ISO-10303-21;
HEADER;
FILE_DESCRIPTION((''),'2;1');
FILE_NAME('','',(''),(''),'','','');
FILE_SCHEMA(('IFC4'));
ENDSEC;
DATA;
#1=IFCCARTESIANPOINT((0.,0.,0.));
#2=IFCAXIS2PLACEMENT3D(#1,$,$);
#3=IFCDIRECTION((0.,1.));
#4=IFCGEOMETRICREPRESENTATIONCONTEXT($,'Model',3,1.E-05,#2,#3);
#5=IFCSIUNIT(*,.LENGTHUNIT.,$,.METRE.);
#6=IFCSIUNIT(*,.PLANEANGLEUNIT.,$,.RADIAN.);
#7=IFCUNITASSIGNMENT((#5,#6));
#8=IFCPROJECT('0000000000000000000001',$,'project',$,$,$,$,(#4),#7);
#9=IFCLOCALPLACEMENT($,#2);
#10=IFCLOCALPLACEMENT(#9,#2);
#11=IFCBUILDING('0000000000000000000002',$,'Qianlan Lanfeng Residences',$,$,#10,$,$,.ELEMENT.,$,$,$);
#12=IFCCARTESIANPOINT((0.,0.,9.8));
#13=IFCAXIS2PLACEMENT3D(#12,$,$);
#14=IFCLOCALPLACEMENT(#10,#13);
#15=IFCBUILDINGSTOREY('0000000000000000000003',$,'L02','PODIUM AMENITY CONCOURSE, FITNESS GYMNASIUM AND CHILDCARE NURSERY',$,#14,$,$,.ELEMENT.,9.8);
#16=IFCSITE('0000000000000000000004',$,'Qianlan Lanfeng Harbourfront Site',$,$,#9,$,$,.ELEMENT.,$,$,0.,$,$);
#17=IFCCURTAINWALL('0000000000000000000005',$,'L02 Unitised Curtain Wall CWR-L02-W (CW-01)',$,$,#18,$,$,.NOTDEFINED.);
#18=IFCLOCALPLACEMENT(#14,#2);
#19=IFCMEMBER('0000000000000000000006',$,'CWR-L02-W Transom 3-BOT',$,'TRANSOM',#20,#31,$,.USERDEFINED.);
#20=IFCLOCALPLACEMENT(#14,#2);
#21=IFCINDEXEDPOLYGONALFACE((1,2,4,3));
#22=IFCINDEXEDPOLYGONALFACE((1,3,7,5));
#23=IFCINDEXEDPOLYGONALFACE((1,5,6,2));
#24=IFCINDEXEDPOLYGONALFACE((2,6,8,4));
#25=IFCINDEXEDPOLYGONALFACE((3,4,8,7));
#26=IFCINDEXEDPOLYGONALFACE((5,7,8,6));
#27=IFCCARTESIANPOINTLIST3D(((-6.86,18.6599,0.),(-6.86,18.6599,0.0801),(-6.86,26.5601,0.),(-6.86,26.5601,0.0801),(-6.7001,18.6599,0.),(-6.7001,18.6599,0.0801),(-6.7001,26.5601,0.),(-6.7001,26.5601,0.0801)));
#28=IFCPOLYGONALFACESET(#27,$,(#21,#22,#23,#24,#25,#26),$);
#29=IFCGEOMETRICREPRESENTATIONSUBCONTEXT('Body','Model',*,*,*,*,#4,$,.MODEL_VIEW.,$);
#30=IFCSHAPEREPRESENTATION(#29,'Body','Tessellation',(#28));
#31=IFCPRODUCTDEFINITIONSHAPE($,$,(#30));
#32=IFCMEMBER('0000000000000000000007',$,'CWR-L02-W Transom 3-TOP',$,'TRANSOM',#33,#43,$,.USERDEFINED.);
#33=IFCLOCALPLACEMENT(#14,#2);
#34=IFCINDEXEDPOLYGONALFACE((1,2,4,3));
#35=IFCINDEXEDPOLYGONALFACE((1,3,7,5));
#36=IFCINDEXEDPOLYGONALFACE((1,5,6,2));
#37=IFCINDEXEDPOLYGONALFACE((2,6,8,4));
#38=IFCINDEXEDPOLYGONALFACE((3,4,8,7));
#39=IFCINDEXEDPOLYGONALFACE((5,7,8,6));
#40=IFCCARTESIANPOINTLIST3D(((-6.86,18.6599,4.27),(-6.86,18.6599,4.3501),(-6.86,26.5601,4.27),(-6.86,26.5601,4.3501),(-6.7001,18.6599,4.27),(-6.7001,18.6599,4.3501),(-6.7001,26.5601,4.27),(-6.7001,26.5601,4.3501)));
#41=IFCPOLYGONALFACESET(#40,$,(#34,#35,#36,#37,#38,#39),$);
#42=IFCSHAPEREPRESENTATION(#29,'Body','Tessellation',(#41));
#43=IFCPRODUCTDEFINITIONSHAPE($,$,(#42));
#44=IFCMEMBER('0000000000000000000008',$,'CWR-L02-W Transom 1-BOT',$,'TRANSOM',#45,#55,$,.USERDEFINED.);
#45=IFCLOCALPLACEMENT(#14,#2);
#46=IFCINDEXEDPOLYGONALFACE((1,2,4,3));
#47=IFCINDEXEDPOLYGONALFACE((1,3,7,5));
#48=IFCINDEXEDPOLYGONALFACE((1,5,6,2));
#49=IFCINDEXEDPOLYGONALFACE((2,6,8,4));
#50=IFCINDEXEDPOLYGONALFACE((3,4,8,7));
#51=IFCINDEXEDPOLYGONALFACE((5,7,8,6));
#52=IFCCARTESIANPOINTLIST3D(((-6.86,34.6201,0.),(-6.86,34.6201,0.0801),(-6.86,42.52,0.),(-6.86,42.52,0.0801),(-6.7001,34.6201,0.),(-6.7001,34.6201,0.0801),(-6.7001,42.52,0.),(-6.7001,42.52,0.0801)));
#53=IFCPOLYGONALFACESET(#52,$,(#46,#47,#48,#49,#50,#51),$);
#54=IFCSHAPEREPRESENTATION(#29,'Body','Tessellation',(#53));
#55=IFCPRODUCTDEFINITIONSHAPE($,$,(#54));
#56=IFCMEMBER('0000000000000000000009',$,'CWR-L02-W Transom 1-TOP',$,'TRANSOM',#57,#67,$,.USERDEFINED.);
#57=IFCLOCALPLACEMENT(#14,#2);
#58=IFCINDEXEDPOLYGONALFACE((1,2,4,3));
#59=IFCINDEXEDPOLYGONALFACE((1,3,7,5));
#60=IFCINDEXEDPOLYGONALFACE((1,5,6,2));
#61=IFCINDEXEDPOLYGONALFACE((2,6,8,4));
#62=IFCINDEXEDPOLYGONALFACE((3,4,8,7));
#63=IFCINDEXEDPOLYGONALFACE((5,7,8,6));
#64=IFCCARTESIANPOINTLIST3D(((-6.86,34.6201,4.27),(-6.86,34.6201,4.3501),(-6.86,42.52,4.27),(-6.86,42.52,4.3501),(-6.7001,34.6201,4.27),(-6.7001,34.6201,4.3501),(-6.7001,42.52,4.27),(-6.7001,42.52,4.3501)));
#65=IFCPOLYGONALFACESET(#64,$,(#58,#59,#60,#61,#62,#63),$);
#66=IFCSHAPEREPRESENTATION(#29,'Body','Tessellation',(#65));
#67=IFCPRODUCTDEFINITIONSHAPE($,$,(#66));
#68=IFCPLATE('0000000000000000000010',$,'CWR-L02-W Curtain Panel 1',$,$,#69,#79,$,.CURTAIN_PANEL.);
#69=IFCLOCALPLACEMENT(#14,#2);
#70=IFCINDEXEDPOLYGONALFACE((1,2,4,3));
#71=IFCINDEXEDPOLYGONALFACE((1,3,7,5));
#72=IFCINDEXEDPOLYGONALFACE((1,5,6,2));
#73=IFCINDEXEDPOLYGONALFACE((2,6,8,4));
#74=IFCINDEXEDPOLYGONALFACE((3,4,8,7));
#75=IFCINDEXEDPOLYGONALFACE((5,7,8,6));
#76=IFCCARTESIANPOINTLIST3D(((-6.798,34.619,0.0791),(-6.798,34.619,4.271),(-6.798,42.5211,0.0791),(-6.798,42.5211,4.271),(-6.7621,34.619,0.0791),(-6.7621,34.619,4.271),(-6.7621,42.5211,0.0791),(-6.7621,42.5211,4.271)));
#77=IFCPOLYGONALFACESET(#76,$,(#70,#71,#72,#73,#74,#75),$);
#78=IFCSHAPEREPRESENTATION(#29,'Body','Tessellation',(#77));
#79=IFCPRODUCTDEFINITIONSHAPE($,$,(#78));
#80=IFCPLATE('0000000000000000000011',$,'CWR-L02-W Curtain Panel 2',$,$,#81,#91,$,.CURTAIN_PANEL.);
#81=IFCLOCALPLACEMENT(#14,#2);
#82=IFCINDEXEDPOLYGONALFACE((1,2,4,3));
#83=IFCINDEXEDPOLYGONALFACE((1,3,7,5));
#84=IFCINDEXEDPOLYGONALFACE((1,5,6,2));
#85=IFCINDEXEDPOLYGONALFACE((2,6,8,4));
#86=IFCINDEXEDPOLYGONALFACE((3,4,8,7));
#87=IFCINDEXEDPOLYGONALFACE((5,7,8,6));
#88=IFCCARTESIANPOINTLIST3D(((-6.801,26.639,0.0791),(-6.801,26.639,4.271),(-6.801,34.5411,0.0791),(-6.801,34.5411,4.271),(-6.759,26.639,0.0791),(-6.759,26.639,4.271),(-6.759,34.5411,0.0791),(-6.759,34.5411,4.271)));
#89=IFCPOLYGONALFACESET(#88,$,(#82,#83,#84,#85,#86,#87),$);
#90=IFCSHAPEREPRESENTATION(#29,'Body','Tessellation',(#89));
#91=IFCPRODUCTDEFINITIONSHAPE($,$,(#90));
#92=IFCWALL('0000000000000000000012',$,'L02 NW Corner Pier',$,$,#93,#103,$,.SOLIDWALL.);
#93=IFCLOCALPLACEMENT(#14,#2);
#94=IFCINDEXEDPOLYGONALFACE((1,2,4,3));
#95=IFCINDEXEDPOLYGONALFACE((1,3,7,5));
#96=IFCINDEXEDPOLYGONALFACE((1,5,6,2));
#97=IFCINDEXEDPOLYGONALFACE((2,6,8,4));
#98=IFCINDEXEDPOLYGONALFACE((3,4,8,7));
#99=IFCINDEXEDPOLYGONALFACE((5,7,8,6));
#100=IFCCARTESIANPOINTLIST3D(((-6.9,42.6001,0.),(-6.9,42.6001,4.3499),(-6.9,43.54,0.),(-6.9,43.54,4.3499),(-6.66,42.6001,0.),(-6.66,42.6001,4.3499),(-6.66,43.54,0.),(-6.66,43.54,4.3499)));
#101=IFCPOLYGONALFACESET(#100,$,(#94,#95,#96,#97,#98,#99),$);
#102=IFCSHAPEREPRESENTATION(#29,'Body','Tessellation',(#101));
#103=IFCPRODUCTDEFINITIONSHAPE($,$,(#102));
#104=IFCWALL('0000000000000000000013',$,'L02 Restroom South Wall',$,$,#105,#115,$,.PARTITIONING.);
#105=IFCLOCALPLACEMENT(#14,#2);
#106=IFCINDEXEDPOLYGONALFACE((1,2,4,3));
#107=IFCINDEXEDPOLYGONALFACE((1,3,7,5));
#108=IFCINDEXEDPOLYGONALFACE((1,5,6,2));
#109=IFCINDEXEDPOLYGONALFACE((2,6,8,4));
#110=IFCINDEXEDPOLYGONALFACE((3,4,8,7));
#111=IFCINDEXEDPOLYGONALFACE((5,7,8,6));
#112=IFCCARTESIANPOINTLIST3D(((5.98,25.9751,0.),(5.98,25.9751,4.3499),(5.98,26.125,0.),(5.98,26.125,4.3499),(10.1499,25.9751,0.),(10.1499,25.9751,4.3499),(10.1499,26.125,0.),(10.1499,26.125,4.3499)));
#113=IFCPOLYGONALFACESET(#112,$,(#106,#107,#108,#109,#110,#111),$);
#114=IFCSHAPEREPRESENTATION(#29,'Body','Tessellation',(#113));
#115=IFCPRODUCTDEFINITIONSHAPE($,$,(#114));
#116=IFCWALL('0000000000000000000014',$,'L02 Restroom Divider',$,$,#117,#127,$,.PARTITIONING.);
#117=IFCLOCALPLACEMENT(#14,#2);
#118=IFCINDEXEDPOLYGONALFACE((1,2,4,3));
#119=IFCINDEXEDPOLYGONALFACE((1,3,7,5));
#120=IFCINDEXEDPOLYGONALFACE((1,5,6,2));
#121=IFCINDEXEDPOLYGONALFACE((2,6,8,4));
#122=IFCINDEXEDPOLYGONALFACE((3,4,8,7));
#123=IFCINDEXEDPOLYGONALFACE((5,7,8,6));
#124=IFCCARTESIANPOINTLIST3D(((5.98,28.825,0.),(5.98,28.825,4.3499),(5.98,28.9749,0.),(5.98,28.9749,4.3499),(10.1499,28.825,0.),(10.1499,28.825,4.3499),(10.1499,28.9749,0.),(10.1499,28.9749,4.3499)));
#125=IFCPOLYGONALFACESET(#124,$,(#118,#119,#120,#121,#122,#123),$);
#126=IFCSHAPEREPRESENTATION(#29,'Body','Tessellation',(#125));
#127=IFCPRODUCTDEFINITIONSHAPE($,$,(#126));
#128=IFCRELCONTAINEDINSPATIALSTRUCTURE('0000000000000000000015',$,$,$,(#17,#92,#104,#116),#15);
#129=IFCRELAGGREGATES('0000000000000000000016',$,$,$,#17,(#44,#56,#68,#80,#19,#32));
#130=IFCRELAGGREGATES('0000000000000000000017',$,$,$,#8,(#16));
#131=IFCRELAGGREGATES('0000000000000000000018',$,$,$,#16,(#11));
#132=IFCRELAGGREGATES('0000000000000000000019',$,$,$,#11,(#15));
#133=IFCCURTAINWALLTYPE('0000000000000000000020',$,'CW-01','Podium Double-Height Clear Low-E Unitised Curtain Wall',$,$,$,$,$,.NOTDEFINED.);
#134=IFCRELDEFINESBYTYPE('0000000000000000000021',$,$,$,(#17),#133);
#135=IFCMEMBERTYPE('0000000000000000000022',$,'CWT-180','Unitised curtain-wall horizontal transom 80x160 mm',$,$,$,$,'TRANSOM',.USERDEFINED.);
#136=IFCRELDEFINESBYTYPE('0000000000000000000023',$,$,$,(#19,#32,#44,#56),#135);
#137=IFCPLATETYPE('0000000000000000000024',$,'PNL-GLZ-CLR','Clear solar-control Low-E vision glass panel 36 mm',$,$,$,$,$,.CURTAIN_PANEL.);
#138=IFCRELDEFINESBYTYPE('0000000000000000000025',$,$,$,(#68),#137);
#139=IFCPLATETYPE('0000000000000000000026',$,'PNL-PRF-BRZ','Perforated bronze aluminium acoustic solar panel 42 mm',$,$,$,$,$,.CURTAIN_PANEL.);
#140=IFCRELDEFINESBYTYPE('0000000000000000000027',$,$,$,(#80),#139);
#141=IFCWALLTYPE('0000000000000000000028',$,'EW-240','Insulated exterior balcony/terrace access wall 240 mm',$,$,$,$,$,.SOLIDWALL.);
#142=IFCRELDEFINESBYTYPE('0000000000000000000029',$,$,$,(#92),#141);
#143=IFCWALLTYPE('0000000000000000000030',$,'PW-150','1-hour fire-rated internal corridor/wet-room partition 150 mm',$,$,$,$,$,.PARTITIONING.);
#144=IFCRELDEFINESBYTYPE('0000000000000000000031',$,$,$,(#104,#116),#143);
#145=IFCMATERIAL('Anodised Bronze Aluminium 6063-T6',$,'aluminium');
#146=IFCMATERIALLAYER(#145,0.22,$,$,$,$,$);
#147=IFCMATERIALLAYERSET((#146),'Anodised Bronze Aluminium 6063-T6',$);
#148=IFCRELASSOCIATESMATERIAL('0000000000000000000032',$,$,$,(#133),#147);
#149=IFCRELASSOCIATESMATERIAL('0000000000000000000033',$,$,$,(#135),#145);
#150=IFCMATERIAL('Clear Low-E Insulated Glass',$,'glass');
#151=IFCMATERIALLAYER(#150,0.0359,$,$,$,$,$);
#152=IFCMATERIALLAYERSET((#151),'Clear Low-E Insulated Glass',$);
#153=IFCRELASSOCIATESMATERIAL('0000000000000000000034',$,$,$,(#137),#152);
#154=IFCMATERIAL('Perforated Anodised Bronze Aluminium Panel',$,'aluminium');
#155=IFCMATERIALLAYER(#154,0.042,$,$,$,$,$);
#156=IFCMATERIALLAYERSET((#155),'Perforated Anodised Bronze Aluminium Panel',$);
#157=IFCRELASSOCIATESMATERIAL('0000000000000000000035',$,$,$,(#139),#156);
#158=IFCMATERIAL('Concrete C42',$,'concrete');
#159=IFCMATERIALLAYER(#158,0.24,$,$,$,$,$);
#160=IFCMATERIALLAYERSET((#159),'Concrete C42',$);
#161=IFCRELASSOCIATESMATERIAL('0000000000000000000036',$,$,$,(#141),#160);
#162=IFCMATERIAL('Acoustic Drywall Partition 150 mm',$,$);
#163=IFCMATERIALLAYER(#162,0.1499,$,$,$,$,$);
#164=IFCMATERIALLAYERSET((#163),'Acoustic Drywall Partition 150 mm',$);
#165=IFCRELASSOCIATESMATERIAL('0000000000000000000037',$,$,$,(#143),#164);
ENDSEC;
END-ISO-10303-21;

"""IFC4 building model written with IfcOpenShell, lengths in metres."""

from ifc_helpers import new_model, si_unit, direction, frame, frame_2d, origin, origin_2d, place, context, subcontext, project, spatial, rectangle, extrude, source, transform, mapped, material, layer, layer_set, material_profile, profile_set, type_object, element, aggregate, save


model = new_model("IFC4")

# Units and contexts
model_context = context("Model", 3, precision=1e-05, world=origin(), true_north=direction((0.0, 1.0)))
body_context = subcontext(model_context, "Body", "Model", "MODEL_VIEW")
ifc_project = project(units=[si_unit("LENGTHUNIT", "METRE"), si_unit("PLANEANGLEUNIT", "RADIAN")], contexts=[model_context])

# Site, building, storey
site_placement = place(None, origin())
site = spatial("IfcSite", under=ifc_project, at=site_placement, Name="Qianlan Lanfeng Harbourfront Site", CompositionType="ELEMENT", RefElevation=0.0)
building_placement = place(site_placement, origin())
building = spatial("IfcBuilding", under=site, at=building_placement, Name="Qianlan Lanfeng Residences", CompositionType="ELEMENT")
storey_placement = place(building_placement, frame((0.0, 0.0, 9.8)))
storey = spatial("IfcBuildingStorey", under=building, at=storey_placement, Name="L02", Description="PODIUM AMENITY CONCOURSE, FITNESS GYMNASIUM AND CHILDCARE NURSERY", CompositionType="ELEMENT", Elevation=9.8)

# Curtain wall, members, plates
ifc_material_1 = material(Name="Anodised Bronze Aluminium 6063-T6", Category="aluminium")
ifc_layer_1 = layer(ifc_material_1, 0.22)
ifc_layer_set_1 = layer_set([ifc_layer_1], Name="Anodised Bronze Aluminium 6063-T6")
curtain_wall_type = type_object("IfcCurtainWallType", Name="CW-01", Description="Podium Double-Height Clear Low-E Unitised Curtain Wall", PredefinedType="NOTDEFINED", material=ifc_layer_set_1)
curtain_wall_placement = place(storey_placement, origin())
curtain_wall = element("IfcCurtainWall", 1, at=curtain_wall_placement, inside=storey, type_object=curtain_wall_type, Name="L02 Unitised Curtain Wall CWR-L02-W (CW-01)", PredefinedType="NOTDEFINED")
ifc_material_profile_1 = material_profile(ifc_material_1, rectangle(XDim=0.0801, YDim=0.1599, at=origin_2d()), Name="ALU TRANSOM 80x160")
ifc_profile_set_1 = profile_set([ifc_material_profile_1], Name="Anodised Bronze Aluminium 6063-T6")
member_type_1 = type_object("IfcMemberType", Name="CWT-180", Description="Unitised curtain-wall horizontal transom 80x160 mm", ElementType="TRANSOM", PredefinedType="USERDEFINED", material=ifc_profile_set_1)
shared_shape_1 = source(origin(), body_context, "Body", "SweptSolid", [
    extrude(rectangle(XDim=0.0801, YDim=0.1599, at=origin_2d()), origin(), (0.0, 0.0, 1.0), 7.9001),
])
member_1_placement = place(storey_placement, frame((-6.78, 26.5601, 0.04), z_axis=(0.0, -1.0, 0.0), x_axis=(0.0, 0.0, 1.0)))
member_1 = element("IfcMember", 2, at=member_1_placement, type_object=member_type_1, Name="CWR-L02-W Transom 3-BOT", ObjectType="TRANSOM", PredefinedType="USERDEFINED", context=body_context, shape_type="MappedRepresentation", body=[
    mapped(shared_shape_1, transform((0.0, 0.0, 0.0), scale=1.0)),
])
member_2_placement = place(storey_placement, frame((-6.78, 26.5601, 4.3101), z_axis=(0.0, -1.0, 0.0), x_axis=(0.0, 0.0, 1.0)))
member_2 = element("IfcMember", 3, at=member_2_placement, type_object=member_type_1, Name="CWR-L02-W Transom 3-TOP", ObjectType="TRANSOM", PredefinedType="USERDEFINED", context=body_context, shape_type="MappedRepresentation", body=[
    mapped(shared_shape_1, transform((0.0, 0.0, 0.0), scale=1.0)),
])
shared_shape_2 = source(origin(), body_context, "Body", "SweptSolid", [
    extrude(rectangle(XDim=0.0801, YDim=0.1599, at=origin_2d()), origin(), (0.0, 0.0, 1.0), 7.8999),
])
member_3_placement = place(storey_placement, frame((-6.78, 42.52, 0.04), z_axis=(0.0, -1.0, 0.0), x_axis=(0.0, 0.0, 1.0)))
member_3 = element("IfcMember", 4, at=member_3_placement, type_object=member_type_1, Name="CWR-L02-W Transom 1-BOT", ObjectType="TRANSOM", PredefinedType="USERDEFINED", context=body_context, shape_type="MappedRepresentation", body=[
    mapped(shared_shape_2, transform((0.0, 0.0, 0.0), scale=1.0)),
])
member_4_placement = place(storey_placement, frame((-6.78, 42.52, 4.3101), z_axis=(0.0, -1.0, 0.0), x_axis=(0.0, 0.0, 1.0)))
member_4 = element("IfcMember", 5, at=member_4_placement, type_object=member_type_1, Name="CWR-L02-W Transom 1-TOP", ObjectType="TRANSOM", PredefinedType="USERDEFINED", context=body_context, shape_type="MappedRepresentation", body=[
    mapped(shared_shape_2, transform((0.0, 0.0, 0.0), scale=1.0)),
])
ifc_material_2 = material(Name="Clear Low-E Insulated Glass", Category="glass")
ifc_layer_2 = layer(ifc_material_2, 0.0359)
ifc_layer_set_2 = layer_set([ifc_layer_2], Name="Clear Low-E Insulated Glass")
plate_type_1 = type_object("IfcPlateType", Name="PNL-GLZ-CLR", Description="Clear solar-control Low-E vision glass panel 36 mm", PredefinedType="CURTAIN_PANEL", material=ifc_layer_set_2)
shared_shape_3 = source(origin(), body_context, "Body", "SweptSolid", [
    extrude(rectangle(XDim=7.9021, YDim=0.0359, at=origin_2d()), origin(), (0.0, 0.0, 1.0), 4.1919),
])
plate_1_placement = place(storey_placement, frame((-6.78, 38.5701, 0.0791), z_axis=(0.0, 0.0, 1.0), x_axis=(0.0, -1.0, 0.0)))
plate_1 = element("IfcPlate", 6, at=plate_1_placement, type_object=plate_type_1, Name="CWR-L02-W Curtain Panel 1", PredefinedType="CURTAIN_PANEL", context=body_context, shape_type="MappedRepresentation", body=[
    mapped(shared_shape_3, transform((0.0, 0.0, 0.0), scale=1.0)),
])
ifc_material_3 = material(Name="Perforated Anodised Bronze Aluminium Panel", Category="aluminium")
ifc_layer_3 = layer(ifc_material_3, 0.042)
ifc_layer_set_3 = layer_set([ifc_layer_3], Name="Perforated Anodised Bronze Aluminium Panel")
plate_type_2 = type_object("IfcPlateType", Name="PNL-PRF-BRZ", Description="Perforated bronze aluminium acoustic solar panel 42 mm", PredefinedType="CURTAIN_PANEL", material=ifc_layer_set_3)
shared_shape_4 = source(origin(), body_context, "Body", "SweptSolid", [
    extrude(rectangle(XDim=7.9021, YDim=0.042, at=origin_2d()), origin(), (0.0, 0.0, 1.0), 4.1919),
])
plate_2_placement = place(storey_placement, frame((-6.78, 30.5901, 0.0791), z_axis=(0.0, 0.0, 1.0), x_axis=(0.0, -1.0, 0.0)))
plate_2 = element("IfcPlate", 7, at=plate_2_placement, type_object=plate_type_2, Name="CWR-L02-W Curtain Panel 2", PredefinedType="CURTAIN_PANEL", context=body_context, shape_type="MappedRepresentation", body=[
    mapped(shared_shape_4, transform((0.0, 0.0, 0.0), scale=1.0)),
])
aggregate(curtain_wall, [member_3, member_4, plate_1, plate_2, member_1, member_2])

# Wall
ifc_material_4 = material(Name="Concrete C42", Category="concrete")
ifc_layer_4 = layer(ifc_material_4, 0.24)
ifc_layer_set_4 = layer_set([ifc_layer_4], Name="Concrete C42")
wall_type_1 = type_object("IfcWallType", Name="EW-240", Description="Insulated exterior balcony/terrace access wall 240 mm", PredefinedType="SOLIDWALL", material=ifc_layer_set_4)
wall_1_placement = place(storey_placement, frame((-6.78, 43.54, 0.0), z_axis=(0.0, 0.0, 1.0), x_axis=(0.0, -1.0, 0.0)))
element("IfcWall", 8, at=wall_1_placement, inside=storey, type_object=wall_type_1, Name="L02 NW Corner Pier", PredefinedType="SOLIDWALL", context=body_context, shape_type="SweptSolid", body=[
    extrude(rectangle(XDim=0.9399, YDim=0.24, at=frame_2d((0.47, 0.0))), origin(), (0.0, 0.0, 1.0), 4.3499),
])

# Shared definitions
ifc_material_5 = material(Name="Acoustic Drywall Partition 150 mm")
ifc_layer_5 = layer(ifc_material_5, 0.1499)
ifc_layer_set_5 = layer_set([ifc_layer_5], Name="Acoustic Drywall Partition 150 mm")
wall_type_2 = type_object("IfcWallType", Name="PW-150", Description="1-hour fire-rated internal corridor/wet-room partition 150 mm", PredefinedType="PARTITIONING", material=ifc_layer_set_5)

# Walls
for number, where, z_axis, x_axis, name in (
    (9, (5.98, 26.05, 0.0), (0.0, 0.0, 1.0), (1.0, 0.0, 0.0), "L02 Restroom South Wall"),
    (10, (5.98, 28.8999, 0.0), (0.0, 0.0, 1.0), (1.0, 0.0, 0.0), "L02 Restroom Divider"),
):
    element("IfcWall", number, at=place(storey_placement, frame(where, z_axis=z_axis, x_axis=x_axis)), inside=storey, type_object=wall_type_2, Name=name, PredefinedType="PARTITIONING", context=body_context, shape_type="SweptSolid", body=[
        extrude(rectangle(XDim=4.1699, YDim=0.1499, at=frame_2d((2.085, 0.0))), origin(), (0.0, 0.0, 1.0), 4.3499),
    ])

save(model, "model.ifc")
